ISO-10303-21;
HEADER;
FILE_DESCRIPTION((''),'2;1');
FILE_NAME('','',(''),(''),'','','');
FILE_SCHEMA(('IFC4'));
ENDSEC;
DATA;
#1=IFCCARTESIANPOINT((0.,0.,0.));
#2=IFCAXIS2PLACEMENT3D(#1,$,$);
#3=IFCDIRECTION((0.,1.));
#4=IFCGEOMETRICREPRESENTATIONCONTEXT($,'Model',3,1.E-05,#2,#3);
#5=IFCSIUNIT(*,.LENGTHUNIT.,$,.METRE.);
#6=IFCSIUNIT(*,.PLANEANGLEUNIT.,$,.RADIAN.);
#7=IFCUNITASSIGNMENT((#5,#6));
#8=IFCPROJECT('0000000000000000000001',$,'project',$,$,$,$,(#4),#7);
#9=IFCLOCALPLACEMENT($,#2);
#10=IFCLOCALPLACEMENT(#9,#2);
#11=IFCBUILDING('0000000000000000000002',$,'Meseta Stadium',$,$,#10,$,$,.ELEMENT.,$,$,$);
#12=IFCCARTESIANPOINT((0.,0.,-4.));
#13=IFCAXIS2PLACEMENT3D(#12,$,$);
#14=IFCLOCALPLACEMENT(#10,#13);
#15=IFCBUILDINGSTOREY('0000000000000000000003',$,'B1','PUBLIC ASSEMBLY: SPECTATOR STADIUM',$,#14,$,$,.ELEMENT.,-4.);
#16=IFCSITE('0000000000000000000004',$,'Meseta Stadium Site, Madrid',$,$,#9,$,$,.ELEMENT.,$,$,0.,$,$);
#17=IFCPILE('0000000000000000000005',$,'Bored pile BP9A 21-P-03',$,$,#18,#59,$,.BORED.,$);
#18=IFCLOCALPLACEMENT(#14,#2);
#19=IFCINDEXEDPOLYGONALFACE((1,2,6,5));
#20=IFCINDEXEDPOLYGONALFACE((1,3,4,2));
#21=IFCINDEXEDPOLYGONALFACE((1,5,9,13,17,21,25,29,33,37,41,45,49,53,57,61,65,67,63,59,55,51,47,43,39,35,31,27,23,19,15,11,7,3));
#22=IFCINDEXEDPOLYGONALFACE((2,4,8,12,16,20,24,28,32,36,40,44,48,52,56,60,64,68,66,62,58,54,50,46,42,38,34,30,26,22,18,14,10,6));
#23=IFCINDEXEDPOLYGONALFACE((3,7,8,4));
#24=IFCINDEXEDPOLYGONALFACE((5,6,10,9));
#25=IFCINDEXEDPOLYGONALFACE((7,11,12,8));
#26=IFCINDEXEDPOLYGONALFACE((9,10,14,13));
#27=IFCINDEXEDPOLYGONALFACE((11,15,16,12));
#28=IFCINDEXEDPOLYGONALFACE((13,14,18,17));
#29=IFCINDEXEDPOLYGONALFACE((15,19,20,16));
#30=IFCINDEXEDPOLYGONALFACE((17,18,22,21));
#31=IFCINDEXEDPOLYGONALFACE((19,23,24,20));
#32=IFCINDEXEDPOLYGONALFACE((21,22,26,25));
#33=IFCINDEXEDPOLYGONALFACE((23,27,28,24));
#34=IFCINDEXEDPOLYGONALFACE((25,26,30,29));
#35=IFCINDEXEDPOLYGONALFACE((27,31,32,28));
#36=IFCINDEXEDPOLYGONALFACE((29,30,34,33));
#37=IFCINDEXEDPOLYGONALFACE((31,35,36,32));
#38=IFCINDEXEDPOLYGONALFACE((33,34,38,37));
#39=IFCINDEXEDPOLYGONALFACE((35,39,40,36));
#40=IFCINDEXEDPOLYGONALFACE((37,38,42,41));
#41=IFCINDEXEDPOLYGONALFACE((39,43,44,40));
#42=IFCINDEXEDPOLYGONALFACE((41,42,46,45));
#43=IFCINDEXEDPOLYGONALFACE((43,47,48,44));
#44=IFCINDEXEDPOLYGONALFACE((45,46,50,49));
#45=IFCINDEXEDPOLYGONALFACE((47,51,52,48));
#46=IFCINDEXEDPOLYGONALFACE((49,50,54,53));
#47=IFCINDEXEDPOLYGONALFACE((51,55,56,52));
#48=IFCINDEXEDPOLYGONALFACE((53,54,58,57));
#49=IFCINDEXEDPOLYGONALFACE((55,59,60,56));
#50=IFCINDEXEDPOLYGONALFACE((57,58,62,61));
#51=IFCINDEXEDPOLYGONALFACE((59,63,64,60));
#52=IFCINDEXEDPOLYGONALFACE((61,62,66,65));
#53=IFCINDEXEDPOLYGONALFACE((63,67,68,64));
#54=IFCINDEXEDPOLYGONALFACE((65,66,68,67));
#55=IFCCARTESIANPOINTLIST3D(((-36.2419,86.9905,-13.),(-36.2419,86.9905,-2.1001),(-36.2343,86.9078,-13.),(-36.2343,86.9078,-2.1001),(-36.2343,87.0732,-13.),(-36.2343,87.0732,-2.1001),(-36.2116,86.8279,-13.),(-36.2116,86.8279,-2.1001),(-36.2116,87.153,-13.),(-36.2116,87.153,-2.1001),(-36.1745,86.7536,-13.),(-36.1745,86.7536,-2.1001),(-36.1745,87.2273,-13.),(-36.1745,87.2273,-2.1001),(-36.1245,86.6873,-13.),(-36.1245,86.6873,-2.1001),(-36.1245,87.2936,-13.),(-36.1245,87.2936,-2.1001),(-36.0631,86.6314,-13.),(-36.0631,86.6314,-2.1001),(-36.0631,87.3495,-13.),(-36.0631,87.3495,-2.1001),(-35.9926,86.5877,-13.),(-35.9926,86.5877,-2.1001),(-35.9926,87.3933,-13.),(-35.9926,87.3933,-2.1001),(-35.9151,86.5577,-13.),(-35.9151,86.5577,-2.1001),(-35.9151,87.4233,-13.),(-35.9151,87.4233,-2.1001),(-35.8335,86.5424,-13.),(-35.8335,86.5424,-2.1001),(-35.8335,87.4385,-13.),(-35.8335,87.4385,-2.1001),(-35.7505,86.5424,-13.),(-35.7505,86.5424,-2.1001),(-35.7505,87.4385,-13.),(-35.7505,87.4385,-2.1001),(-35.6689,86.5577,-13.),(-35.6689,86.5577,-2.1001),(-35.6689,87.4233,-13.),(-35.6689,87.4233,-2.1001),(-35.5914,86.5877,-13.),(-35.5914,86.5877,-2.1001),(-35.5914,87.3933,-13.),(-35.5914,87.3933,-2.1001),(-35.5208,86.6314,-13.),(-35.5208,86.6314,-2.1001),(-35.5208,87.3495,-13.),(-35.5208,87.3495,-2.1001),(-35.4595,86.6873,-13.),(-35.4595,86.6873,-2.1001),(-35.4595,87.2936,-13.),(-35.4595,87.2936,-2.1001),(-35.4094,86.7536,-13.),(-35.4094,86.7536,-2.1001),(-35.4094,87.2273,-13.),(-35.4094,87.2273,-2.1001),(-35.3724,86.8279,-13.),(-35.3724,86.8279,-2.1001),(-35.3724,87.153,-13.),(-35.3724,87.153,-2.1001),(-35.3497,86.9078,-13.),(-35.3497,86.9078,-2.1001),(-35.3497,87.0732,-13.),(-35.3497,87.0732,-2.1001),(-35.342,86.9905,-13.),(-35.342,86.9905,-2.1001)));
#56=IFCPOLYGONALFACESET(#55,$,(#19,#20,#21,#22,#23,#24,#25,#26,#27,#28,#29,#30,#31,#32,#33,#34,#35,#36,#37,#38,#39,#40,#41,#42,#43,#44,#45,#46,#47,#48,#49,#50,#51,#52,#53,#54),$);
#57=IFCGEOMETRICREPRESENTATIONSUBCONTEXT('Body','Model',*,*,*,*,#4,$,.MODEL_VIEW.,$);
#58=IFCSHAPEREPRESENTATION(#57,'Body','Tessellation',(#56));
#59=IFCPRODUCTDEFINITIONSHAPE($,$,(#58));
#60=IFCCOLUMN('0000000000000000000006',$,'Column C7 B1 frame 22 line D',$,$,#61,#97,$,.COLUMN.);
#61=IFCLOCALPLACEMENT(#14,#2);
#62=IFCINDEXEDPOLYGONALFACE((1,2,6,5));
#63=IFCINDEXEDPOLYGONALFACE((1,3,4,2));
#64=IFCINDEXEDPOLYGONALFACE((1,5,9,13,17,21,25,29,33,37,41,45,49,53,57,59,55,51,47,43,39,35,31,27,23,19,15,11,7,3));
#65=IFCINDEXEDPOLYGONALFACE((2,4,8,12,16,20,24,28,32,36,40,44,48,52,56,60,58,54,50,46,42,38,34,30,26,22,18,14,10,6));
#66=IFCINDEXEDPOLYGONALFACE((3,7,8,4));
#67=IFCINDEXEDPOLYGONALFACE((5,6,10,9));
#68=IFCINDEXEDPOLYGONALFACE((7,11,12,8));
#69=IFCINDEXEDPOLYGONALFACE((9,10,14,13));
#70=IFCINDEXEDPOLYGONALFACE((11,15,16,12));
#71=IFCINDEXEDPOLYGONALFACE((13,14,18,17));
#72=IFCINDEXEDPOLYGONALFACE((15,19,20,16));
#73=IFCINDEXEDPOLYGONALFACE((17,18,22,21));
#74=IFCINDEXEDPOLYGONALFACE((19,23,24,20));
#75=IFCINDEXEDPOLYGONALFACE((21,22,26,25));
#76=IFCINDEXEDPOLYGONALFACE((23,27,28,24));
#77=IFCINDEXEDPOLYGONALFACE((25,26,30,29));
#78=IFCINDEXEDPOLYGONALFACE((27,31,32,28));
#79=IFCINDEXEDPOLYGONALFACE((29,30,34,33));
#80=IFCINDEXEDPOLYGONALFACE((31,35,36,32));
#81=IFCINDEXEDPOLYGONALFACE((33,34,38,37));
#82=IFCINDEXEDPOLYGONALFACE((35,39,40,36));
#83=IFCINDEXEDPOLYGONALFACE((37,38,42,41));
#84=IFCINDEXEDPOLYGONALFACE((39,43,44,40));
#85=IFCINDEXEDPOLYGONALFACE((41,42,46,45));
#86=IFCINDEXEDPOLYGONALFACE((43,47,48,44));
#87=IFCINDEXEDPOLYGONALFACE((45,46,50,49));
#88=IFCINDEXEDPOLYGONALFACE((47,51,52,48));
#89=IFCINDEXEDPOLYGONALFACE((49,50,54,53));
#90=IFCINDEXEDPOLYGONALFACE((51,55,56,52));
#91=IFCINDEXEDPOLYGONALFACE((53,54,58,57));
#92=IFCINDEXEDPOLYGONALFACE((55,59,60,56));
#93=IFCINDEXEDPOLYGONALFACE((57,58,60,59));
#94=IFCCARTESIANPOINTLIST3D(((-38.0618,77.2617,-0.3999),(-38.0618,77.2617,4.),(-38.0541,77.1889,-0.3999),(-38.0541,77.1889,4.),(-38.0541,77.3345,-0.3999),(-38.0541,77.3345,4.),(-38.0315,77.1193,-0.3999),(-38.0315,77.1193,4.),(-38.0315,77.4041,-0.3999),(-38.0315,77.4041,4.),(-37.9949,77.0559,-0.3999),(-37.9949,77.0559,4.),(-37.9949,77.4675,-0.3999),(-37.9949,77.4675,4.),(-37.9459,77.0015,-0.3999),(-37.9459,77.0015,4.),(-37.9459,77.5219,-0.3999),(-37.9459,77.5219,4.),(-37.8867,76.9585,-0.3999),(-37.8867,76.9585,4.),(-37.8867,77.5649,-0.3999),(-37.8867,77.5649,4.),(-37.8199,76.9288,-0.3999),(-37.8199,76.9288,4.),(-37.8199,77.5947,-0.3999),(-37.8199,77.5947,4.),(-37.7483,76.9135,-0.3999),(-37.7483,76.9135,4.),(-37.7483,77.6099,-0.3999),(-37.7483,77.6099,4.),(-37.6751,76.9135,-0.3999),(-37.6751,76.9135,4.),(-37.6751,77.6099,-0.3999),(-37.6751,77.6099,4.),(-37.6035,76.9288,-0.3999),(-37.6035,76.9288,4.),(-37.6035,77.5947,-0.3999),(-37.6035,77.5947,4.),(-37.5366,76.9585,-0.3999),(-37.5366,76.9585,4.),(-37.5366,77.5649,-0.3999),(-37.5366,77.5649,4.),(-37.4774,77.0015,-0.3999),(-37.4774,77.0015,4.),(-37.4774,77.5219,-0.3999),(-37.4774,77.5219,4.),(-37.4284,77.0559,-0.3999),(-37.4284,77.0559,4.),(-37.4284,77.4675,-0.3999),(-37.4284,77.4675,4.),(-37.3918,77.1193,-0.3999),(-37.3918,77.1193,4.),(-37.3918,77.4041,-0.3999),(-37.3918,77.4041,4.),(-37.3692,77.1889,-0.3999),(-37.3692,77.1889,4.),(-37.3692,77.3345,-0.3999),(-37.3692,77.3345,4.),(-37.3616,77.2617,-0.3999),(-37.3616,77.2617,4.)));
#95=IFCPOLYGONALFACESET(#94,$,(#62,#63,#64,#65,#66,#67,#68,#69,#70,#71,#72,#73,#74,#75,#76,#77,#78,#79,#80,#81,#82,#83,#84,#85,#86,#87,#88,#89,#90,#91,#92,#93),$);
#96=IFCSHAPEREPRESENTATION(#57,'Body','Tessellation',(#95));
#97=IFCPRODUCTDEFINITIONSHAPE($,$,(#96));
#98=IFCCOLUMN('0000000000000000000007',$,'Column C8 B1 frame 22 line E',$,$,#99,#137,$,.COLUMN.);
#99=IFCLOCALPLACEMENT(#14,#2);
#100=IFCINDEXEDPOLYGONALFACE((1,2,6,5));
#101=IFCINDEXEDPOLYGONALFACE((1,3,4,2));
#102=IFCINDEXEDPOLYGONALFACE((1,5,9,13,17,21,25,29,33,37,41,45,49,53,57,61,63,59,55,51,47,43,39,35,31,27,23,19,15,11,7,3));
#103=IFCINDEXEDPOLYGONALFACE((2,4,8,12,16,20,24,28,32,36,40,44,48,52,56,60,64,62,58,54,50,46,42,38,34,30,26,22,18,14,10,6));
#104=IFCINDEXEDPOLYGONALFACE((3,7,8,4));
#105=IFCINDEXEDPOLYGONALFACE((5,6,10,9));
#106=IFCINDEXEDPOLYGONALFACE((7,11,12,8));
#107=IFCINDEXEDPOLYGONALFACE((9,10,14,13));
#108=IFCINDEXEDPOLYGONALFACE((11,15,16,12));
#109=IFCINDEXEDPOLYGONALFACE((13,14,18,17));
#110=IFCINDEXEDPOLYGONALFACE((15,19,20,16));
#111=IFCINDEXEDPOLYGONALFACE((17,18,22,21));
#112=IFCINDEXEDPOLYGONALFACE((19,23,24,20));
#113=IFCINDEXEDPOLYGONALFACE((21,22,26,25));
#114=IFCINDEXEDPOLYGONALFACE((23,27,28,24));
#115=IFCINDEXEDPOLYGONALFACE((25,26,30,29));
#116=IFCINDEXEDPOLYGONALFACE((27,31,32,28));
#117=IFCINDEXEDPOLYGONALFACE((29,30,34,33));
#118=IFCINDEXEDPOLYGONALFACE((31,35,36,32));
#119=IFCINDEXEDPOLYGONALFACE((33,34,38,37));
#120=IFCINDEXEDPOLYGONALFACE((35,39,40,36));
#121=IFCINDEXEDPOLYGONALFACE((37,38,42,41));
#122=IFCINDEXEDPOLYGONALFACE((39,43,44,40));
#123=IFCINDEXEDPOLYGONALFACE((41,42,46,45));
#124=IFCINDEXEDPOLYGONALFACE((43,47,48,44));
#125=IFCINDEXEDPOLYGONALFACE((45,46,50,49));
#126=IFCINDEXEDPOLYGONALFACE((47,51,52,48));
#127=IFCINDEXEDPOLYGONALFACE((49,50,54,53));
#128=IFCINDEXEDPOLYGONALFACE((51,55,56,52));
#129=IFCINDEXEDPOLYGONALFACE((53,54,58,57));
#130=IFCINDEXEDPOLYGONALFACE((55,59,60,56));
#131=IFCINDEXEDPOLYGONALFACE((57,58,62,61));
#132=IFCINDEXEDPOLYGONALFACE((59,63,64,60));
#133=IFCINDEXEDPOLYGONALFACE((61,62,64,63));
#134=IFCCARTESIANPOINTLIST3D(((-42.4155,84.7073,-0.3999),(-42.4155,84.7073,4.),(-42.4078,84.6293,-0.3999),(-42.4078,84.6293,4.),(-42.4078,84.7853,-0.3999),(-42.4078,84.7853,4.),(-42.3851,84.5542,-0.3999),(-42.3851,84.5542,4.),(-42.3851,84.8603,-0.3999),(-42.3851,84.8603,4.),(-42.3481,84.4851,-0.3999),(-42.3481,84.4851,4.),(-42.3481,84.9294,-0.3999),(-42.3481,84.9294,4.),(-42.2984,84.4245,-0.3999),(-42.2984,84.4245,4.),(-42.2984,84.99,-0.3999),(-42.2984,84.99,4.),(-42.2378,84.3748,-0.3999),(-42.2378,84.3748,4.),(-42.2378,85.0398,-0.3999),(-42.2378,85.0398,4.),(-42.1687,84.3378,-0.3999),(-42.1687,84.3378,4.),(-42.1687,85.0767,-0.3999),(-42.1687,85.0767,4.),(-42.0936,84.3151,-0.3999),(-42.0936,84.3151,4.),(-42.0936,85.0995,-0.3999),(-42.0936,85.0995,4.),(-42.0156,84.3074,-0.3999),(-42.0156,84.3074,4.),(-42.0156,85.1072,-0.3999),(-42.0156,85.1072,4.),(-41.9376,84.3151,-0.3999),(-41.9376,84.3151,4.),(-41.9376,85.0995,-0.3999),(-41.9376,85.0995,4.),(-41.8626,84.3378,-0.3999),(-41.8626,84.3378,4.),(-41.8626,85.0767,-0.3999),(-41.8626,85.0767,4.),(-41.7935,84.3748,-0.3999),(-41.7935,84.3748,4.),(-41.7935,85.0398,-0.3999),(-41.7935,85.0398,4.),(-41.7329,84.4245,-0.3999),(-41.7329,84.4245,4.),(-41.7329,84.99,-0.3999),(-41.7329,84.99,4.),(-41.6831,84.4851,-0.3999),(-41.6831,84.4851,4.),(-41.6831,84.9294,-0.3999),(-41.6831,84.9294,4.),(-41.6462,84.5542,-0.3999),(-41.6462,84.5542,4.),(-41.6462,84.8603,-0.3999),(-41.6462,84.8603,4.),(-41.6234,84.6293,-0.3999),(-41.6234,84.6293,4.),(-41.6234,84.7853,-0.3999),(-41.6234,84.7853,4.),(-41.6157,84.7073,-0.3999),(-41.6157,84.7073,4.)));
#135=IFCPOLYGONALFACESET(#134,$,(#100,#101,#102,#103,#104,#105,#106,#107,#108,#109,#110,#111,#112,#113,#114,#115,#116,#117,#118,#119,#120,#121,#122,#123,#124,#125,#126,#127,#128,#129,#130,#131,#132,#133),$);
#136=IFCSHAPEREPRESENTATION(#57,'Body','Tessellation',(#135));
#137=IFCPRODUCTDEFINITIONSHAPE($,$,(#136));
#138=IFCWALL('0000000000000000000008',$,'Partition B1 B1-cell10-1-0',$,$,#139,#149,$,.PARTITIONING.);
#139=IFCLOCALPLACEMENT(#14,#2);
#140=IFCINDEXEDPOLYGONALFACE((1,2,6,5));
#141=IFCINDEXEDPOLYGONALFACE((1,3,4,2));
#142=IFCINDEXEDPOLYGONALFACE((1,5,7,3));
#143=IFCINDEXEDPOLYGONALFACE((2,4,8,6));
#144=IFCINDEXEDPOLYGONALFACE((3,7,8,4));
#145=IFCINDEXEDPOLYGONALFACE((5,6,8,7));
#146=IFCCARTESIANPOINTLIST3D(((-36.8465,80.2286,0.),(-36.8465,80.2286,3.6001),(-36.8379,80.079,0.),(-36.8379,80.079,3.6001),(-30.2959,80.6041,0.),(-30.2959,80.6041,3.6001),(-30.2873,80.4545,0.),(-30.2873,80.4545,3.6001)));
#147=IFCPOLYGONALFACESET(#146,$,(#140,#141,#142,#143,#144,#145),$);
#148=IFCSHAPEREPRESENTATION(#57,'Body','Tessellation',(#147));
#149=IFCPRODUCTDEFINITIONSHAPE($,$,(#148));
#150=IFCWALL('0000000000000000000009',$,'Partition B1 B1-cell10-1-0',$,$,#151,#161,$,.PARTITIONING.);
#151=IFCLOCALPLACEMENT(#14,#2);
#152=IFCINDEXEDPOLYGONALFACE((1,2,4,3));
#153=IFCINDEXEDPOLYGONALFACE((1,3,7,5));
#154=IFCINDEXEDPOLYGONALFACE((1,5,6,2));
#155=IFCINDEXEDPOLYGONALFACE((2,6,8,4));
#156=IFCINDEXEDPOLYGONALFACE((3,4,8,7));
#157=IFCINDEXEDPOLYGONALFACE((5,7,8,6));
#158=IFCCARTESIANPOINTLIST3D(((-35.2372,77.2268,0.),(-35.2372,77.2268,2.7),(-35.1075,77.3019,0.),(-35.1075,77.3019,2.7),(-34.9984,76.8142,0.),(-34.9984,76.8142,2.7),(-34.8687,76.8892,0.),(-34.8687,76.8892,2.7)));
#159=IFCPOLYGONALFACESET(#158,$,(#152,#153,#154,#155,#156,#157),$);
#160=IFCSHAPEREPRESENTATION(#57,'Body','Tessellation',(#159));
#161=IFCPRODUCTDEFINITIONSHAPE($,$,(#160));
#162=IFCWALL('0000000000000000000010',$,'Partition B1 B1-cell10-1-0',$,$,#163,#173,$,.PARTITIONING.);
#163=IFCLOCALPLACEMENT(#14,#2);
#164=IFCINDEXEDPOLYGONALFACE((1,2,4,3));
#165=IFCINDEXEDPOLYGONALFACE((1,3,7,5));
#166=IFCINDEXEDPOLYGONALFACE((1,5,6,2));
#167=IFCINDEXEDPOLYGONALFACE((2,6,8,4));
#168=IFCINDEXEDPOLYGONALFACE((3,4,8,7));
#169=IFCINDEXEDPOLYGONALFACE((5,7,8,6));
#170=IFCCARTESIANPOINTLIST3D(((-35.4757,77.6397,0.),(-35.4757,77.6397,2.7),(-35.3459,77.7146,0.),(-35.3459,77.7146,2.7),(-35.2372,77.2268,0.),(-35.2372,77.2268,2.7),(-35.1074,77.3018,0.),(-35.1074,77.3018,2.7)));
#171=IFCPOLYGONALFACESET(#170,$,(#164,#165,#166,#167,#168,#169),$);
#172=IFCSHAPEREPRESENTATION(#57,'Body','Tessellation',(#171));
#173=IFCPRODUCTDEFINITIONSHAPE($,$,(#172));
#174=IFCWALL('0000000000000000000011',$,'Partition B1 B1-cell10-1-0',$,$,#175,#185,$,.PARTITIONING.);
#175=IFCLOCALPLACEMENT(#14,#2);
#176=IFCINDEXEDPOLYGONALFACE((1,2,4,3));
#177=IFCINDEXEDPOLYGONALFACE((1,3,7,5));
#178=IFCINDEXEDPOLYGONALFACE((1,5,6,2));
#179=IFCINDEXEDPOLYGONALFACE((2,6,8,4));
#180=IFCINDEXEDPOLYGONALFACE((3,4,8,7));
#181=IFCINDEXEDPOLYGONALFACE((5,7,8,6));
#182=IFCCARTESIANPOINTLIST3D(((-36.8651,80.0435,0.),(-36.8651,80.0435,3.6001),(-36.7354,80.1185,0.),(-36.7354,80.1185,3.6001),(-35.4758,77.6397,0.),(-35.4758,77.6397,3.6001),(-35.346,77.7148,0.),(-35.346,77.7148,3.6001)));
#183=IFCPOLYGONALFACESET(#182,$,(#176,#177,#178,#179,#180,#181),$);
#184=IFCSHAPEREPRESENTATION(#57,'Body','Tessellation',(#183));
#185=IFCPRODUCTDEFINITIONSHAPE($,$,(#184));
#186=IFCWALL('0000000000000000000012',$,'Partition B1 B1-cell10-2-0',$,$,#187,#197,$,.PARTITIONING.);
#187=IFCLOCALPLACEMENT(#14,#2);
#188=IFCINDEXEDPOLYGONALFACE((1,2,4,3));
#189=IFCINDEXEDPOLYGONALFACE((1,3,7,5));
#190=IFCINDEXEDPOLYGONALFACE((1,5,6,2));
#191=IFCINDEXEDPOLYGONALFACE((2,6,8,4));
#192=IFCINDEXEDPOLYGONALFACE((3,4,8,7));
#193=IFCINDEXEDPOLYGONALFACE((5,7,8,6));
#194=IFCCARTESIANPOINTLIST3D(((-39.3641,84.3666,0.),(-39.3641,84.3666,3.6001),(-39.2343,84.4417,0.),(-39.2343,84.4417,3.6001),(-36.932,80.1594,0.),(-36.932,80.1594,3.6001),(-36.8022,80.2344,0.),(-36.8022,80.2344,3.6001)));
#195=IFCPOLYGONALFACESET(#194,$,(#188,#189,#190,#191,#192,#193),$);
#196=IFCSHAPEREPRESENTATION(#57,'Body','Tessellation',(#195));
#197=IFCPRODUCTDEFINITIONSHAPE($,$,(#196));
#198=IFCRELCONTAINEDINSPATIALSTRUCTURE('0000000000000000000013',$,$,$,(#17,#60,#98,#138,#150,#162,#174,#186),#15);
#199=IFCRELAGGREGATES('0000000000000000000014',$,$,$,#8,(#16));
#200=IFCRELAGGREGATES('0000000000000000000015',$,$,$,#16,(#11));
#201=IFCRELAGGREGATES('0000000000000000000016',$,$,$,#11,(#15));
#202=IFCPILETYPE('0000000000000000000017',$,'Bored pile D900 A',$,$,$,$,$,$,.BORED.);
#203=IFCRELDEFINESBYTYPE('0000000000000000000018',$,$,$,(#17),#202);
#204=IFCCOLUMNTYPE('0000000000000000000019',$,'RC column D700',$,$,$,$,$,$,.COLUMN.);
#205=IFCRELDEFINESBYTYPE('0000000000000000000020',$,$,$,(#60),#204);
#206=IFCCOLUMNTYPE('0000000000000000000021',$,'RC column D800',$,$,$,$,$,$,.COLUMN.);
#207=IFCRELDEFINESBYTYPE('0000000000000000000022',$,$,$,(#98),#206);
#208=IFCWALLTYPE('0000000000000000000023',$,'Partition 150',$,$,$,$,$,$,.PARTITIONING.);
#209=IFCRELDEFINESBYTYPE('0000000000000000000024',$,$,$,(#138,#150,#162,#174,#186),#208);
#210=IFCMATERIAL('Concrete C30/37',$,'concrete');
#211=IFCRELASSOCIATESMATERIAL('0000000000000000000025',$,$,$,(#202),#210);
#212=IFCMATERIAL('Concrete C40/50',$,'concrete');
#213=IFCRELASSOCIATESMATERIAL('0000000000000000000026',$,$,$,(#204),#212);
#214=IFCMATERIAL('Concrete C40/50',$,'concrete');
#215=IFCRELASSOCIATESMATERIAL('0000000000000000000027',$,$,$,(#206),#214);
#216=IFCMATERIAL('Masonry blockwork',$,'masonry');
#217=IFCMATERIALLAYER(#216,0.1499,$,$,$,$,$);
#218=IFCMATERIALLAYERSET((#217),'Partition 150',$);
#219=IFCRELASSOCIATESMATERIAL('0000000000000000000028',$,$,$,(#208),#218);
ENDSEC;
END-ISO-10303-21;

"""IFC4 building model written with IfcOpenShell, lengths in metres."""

from ifc_helpers import new_model, si_unit, direction, frame, frame_2d, origin, origin_2d, place, context, subcontext, project, spatial, rectangle, circle, extrude, material, layer, layer_set, material_profile, profile_set, type_object, element, save


model = new_model("IFC4")

# Units and contexts
model_context = context("Model", 3, precision=1e-05, world=origin(), true_north=direction((0.0, 1.0)))
body_context = subcontext(model_context, "Body", "Model", "MODEL_VIEW")
ifc_project = project(units=[si_unit("LENGTHUNIT", "METRE"), si_unit("PLANEANGLEUNIT", "RADIAN")], contexts=[model_context])

# Site, building, storey
site_placement = place(None, origin())
site = spatial("IfcSite", under=ifc_project, at=site_placement, Name="Meseta Stadium Site, Madrid", CompositionType="ELEMENT", RefElevation=0.0)
building_placement = place(site_placement, origin())
building = spatial("IfcBuilding", under=site, at=building_placement, Name="Meseta Stadium", CompositionType="ELEMENT")
storey_placement = place(building_placement, frame((0.0, 0.0, -4.0)))
storey = spatial("IfcBuildingStorey", under=building, at=storey_placement, Name="B1", Description="PUBLIC ASSEMBLY: SPECTATOR STADIUM", CompositionType="ELEMENT", Elevation=-4.0)

# Pile
ifc_material_1 = material(Name="Concrete C30/37", Category="concrete")
ifc_material_profile_1 = material_profile(ifc_material_1, circle(Radius=0.45, at=origin_2d()), Name="D900")
ifc_profile_set_1 = profile_set([ifc_material_profile_1], Name="Concrete C30/37")
pile_type = type_object("IfcPileType", Name="Bored pile D900 A", PredefinedType="BORED", material=ifc_profile_set_1)
pile_placement = place(storey_placement, frame((-35.792, 86.9905, -2.1001), z_axis=(0.0, 0.0, -1.0), x_axis=(1.0, 0.0, 0.0)))
element("IfcPile", 1, at=pile_placement, inside=storey, type_object=pile_type, Name="Bored pile BP9A 21-P-03", PredefinedType="BORED", context=body_context, shape_type="SweptSolid", body=[
    extrude(circle(Radius=0.45, at=origin_2d()), origin(), (0.0, 0.0, 1.0), 10.8999),
])

# Columns
ifc_material_2 = material(Name="Concrete C40/50", Category="concrete")
ifc_material_profile_2 = material_profile(ifc_material_2, circle(Radius=0.3501, at=origin_2d()), Name="RC D700")
ifc_profile_set_2 = profile_set([ifc_material_profile_2], Name="Concrete C40/50")
column_type_1 = type_object("IfcColumnType", Name="RC column D700", PredefinedType="COLUMN", material=ifc_profile_set_2)
column_1_placement = place(storey_placement, frame((-37.7117, 77.2617, -0.3999), z_axis=(0.0, 0.0, 1.0), x_axis=(1.0, 0.0, 0.0)))
element("IfcColumn", 2, at=column_1_placement, inside=storey, type_object=column_type_1, Name="Column C7 B1 frame 22 line D", PredefinedType="COLUMN", context=body_context, shape_type="SweptSolid", body=[
    extrude(circle(Radius=0.3501, at=origin_2d()), origin(), (0.0, 0.0, 1.0), 4.3999),
])
ifc_material_3 = material(Name="Concrete C40/50", Category="concrete")
ifc_material_profile_3 = material_profile(ifc_material_3, circle(Radius=0.3999, at=origin_2d()), Name="RC D800")
ifc_profile_set_3 = profile_set([ifc_material_profile_3], Name="Concrete C40/50")
column_type_2 = type_object("IfcColumnType", Name="RC column D800", PredefinedType="COLUMN", material=ifc_profile_set_3)
column_2_placement = place(storey_placement, frame((-42.0156, 84.7073, -0.3999), z_axis=(0.0, 0.0, 1.0), x_axis=(1.0, 0.0, 0.0)))
element("IfcColumn", 3, at=column_2_placement, inside=storey, type_object=column_type_2, Name="Column C8 B1 frame 22 line E", PredefinedType="COLUMN", context=body_context, shape_type="SweptSolid", body=[
    extrude(circle(Radius=0.3999, at=origin_2d()), origin(), (0.0, 0.0, 1.0), 4.3999),
])

# Walls
ifc_material_4 = material(Name="Masonry blockwork", Category="masonry")
ifc_layer = layer(ifc_material_4, 0.1499)
ifc_layer_set = layer_set([ifc_layer], Name="Partition 150")
wall_type = type_object("IfcWallType", Name="Partition 150", PredefinedType="PARTITIONING", material=ifc_layer_set)
wall_1_placement = place(storey_placement, frame((-36.8423, 80.1538, 0.0), z_axis=(0.0, 0.0, 1.0), x_axis=(0.998361, 0.057228, 0.0)))
element("IfcWall", 4, at=wall_1_placement, inside=storey, type_object=wall_type, Name="Partition B1 B1-cell10-1-0", PredefinedType="PARTITIONING", context=body_context, shape_type="SweptSolid", body=[
    extrude(rectangle(XDim=6.5613, YDim=0.1499, at=frame_2d((3.2808, 0.0))), origin(), (0.0, 0.0, 1.0), 3.6001),
])
for number, where, z_axis, x_axis, name in (
    (5, (-34.9336, 76.8518, 0.0), (0.0, 0.0, 1.0), (-0.500875, 0.86552, 0.0), "Partition B1 B1-cell10-1-0"),
    (6, (-35.1724, 77.2644, 0.0), (0.0, 0.0, 1.0), (-0.500269, 0.86587, 0.0), "Partition B1 B1-cell10-1-0"),
):
    element("IfcWall", number, at=place(storey_placement, frame(where, z_axis=z_axis, x_axis=x_axis)), inside=storey, type_object=wall_type, Name=name, PredefinedType="PARTITIONING", context=body_context, shape_type="SweptSolid", body=[
        extrude(rectangle(XDim=0.4768, YDim=0.1499, at=frame_2d((0.2383, 0.0))), origin(), (0.0, 0.0, 1.0), 2.7),
    ])
wall_2_placement = place(storey_placement, frame((-35.4109, 77.6772, 0.0), z_axis=(0.0, 0.0, 1.0), x_axis=(-0.500423, 0.865781, 0.0)))
element("IfcWall", 7, at=wall_2_placement, inside=storey, type_object=wall_type, Name="Partition B1 B1-cell10-1-0", PredefinedType="PARTITIONING", context=body_context, shape_type="SweptSolid", body=[
    extrude(rectangle(XDim=2.7764, YDim=0.1499, at=frame_2d((1.3882, 0.0))), origin(), (0.0, 0.0, 1.0), 3.6001),
])
wall_3_placement = place(storey_placement, frame((-36.8672, 80.197, 0.0), z_axis=(0.0, 0.0, 1.0), x_axis=(-0.500472, 0.865753, 0.0)))
element("IfcWall", 8, at=wall_3_placement, inside=storey, type_object=wall_type, Name="Partition B1 B1-cell10-2-0", PredefinedType="PARTITIONING", context=body_context, shape_type="SweptSolid", body=[
    extrude(rectangle(XDim=4.8596, YDim=0.1499, at=frame_2d((2.4297, 0.0))), origin(), (0.0, 0.0, 1.0), 3.6001),
])

save(model, "model.ifc")
